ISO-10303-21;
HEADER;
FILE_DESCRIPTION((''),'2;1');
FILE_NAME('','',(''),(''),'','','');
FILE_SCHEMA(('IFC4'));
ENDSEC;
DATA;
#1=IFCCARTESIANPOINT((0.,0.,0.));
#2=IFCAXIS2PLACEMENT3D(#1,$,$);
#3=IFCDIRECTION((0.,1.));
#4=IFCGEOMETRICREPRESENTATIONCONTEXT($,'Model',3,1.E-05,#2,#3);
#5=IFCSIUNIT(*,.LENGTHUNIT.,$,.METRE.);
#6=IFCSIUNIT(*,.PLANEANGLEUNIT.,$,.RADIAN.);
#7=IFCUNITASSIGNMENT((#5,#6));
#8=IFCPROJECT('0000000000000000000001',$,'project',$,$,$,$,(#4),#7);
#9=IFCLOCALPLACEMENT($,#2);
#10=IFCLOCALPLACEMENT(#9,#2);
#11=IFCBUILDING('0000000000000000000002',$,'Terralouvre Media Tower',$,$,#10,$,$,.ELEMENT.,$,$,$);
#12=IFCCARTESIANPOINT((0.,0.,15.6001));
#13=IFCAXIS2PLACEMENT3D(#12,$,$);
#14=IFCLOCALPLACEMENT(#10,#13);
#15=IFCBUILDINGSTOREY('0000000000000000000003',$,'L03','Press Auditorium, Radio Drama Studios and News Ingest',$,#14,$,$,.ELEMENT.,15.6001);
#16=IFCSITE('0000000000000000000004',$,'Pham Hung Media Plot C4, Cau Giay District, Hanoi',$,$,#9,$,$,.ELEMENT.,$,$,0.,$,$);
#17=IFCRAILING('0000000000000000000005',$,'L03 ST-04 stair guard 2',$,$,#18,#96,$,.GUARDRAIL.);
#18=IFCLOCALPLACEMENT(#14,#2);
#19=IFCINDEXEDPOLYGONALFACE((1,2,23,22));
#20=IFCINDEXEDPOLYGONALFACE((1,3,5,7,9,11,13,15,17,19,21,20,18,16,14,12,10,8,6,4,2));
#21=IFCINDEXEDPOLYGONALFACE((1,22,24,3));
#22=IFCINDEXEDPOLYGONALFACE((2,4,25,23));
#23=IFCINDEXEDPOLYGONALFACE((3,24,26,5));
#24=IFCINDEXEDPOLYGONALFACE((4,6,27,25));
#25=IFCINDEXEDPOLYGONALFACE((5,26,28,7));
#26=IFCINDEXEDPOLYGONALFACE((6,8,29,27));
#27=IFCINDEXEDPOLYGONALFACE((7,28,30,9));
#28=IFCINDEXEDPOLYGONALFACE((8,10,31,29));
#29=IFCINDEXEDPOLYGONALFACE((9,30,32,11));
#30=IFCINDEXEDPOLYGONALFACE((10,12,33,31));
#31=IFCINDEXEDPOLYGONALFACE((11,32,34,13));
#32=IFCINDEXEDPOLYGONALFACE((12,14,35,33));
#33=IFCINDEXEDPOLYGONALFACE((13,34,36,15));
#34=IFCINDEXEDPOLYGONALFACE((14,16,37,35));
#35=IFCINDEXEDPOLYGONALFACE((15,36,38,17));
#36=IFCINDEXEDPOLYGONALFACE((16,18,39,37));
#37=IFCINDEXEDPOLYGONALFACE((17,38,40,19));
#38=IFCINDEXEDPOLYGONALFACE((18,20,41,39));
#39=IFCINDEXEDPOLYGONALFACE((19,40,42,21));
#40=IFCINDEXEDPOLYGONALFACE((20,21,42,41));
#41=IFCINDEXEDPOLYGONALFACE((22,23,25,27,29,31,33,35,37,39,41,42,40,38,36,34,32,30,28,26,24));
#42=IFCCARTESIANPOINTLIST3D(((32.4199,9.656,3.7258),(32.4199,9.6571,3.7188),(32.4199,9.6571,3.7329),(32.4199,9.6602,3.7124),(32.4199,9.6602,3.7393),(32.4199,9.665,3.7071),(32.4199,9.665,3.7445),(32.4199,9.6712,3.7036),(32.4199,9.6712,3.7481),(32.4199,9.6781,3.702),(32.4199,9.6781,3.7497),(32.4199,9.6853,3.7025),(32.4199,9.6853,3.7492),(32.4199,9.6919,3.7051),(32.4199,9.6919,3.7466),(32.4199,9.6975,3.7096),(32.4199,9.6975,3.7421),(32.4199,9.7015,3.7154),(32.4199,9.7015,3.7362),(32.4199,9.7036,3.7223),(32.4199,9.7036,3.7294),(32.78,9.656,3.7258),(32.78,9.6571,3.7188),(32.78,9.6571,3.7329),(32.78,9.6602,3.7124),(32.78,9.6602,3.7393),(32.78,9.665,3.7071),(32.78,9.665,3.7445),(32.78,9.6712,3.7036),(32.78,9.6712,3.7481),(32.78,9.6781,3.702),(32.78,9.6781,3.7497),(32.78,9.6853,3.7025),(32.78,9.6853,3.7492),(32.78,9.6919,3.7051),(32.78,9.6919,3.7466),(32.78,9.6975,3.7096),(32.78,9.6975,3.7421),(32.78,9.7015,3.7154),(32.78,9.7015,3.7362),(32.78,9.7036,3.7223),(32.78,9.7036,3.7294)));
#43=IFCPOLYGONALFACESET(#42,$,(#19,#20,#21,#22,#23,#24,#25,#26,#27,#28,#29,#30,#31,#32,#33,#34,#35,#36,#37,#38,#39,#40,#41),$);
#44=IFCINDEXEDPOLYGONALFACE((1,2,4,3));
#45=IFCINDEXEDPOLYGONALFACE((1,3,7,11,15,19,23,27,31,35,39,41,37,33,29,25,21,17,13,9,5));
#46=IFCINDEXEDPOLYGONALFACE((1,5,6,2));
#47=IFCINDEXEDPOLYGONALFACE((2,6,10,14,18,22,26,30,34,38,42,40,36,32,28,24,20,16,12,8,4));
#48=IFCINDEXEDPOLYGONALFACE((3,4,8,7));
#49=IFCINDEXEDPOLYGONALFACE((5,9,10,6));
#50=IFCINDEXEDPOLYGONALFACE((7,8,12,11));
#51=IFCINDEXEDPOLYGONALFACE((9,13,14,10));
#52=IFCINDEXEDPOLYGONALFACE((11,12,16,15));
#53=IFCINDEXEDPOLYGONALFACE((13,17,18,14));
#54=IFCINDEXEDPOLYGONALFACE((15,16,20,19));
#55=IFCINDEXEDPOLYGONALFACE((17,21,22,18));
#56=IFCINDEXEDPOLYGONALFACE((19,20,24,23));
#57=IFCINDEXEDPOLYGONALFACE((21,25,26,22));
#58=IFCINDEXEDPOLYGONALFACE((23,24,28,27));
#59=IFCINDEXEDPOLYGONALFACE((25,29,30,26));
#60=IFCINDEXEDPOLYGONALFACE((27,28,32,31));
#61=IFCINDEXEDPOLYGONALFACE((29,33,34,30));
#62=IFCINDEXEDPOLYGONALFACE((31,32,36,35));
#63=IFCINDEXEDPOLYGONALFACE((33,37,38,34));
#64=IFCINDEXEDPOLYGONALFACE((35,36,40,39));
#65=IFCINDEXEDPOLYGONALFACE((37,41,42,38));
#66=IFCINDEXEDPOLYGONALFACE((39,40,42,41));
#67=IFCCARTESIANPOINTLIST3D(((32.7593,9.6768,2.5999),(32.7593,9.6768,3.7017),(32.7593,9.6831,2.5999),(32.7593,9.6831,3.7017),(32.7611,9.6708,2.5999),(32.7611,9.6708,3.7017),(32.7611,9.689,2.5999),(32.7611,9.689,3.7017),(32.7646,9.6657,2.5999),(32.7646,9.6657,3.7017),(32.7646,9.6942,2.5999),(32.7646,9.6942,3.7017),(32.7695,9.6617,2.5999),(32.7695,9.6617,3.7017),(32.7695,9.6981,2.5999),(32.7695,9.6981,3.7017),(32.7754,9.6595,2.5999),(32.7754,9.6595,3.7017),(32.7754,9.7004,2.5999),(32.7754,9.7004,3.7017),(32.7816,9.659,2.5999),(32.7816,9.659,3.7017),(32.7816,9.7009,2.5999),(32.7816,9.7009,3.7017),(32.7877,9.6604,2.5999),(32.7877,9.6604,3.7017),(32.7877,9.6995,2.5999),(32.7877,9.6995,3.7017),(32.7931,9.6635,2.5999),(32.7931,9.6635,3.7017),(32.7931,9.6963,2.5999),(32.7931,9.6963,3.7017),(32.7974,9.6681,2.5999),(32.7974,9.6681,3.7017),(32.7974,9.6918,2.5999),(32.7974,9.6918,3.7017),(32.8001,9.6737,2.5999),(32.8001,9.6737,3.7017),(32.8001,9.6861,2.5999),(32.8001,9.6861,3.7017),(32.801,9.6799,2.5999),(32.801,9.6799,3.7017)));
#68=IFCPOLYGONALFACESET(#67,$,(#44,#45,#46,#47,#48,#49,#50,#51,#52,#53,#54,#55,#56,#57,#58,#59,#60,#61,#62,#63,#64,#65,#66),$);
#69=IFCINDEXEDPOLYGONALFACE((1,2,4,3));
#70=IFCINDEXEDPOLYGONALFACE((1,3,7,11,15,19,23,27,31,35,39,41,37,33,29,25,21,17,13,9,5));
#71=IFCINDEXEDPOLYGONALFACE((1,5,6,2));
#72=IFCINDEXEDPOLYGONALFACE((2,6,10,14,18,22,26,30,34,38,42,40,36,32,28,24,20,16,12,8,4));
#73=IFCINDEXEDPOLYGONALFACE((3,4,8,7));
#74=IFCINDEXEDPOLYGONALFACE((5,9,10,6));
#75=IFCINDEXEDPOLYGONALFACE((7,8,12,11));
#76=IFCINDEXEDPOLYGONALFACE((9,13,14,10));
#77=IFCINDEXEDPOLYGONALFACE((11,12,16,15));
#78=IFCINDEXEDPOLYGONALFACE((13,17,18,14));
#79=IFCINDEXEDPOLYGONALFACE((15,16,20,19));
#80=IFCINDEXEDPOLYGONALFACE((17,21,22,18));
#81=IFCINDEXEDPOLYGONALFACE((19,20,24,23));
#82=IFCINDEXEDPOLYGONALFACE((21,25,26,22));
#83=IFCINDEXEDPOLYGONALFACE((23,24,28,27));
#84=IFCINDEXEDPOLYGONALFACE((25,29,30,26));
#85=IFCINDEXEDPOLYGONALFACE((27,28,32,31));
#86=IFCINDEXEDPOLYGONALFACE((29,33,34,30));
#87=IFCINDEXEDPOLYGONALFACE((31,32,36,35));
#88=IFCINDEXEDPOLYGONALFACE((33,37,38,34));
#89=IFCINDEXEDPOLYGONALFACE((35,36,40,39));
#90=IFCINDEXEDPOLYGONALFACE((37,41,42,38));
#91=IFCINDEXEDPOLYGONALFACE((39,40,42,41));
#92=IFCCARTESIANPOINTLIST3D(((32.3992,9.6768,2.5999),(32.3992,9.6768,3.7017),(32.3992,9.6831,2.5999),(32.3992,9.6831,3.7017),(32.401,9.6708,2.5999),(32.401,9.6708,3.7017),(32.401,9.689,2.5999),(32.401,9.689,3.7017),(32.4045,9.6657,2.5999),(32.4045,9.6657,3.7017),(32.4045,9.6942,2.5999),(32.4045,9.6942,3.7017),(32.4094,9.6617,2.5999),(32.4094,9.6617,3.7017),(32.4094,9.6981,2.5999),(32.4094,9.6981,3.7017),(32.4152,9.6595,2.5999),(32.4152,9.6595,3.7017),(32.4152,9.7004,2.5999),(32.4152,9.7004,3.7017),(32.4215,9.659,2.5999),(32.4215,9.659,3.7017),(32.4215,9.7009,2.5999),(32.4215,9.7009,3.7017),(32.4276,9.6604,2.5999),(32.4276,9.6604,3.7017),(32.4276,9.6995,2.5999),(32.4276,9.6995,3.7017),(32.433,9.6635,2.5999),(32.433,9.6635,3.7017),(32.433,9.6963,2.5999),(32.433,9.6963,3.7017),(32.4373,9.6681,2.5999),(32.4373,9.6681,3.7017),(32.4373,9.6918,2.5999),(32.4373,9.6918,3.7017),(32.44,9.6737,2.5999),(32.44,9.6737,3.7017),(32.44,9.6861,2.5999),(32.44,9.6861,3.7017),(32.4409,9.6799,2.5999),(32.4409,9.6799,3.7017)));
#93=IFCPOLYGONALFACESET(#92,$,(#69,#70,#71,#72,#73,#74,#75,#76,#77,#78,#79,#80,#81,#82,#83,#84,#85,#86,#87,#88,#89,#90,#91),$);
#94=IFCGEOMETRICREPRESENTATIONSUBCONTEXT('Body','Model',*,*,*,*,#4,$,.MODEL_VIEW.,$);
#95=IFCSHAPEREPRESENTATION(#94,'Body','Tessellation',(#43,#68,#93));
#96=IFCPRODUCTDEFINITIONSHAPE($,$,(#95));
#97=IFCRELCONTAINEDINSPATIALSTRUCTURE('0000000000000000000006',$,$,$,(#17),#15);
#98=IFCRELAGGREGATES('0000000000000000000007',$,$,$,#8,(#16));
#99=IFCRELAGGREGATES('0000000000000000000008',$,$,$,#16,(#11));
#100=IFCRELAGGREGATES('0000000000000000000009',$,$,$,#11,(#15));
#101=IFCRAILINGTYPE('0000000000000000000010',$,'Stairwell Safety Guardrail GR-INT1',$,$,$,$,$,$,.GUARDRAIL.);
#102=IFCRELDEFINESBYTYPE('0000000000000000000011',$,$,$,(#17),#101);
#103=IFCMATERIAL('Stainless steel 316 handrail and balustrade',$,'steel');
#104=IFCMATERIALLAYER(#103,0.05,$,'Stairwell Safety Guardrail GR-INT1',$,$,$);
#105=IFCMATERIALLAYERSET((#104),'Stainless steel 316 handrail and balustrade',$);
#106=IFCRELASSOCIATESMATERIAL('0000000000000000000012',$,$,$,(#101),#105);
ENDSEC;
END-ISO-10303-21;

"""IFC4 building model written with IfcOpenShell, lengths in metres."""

from ifc_helpers import new_model, si_unit, direction, frame, origin, origin_2d, place, context, subcontext, project, spatial, circle, extrude, material, layer, layer_set, type_object, element, save


model = new_model("IFC4")

# Units and contexts
model_context = context("Model", 3, precision=1e-05, world=origin(), true_north=direction((0.0, 1.0)))
body_context = subcontext(model_context, "Body", "Model", "MODEL_VIEW")
ifc_project = project(units=[si_unit("LENGTHUNIT", "METRE"), si_unit("PLANEANGLEUNIT", "RADIAN")], contexts=[model_context])

# Site, building, storey
site_placement = place(None, origin())
site = spatial("IfcSite", under=ifc_project, at=site_placement, Name="Pham Hung Media Plot C4, Cau Giay District, Hanoi", CompositionType="ELEMENT", RefElevation=0.0)
building_placement = place(site_placement, origin())
building = spatial("IfcBuilding", under=site, at=building_placement, Name="Terralouvre Media Tower", CompositionType="ELEMENT")
storey_placement = place(building_placement, frame((0.0, 0.0, 15.6001)))
storey = spatial("IfcBuildingStorey", under=building, at=storey_placement, Name="L03", Description="Press Auditorium, Radio Drama Studios and News Ingest", CompositionType="ELEMENT", Elevation=15.6001)

# Railing
ifc_material_1 = material(Name="Stainless steel 316 handrail and balustrade", Category="steel")
ifc_layer_1 = layer(ifc_material_1, 0.05, Name="Stairwell Safety Guardrail GR-INT1")
ifc_layer_set_1 = layer_set([ifc_layer_1], Name="Stainless steel 316 handrail and balustrade")
railing_type_1 = type_object("IfcRailingType", Name="Stairwell Safety Guardrail GR-INT1", PredefinedType="GUARDRAIL", material=ifc_layer_set_1)
railing_1_placement = place(storey_placement, frame((32.78, 9.6799, 2.5999)))
element("IfcRailing", 1, at=railing_1_placement, inside=storey, type_object=railing_type_1, Name="L03 ST-04 stair guard 2", PredefinedType="GUARDRAIL", context=body_context, shape_type="SweptSolid", body=[
    extrude(circle(Radius=0.0239, at=origin_2d()), frame((0.0, 0.0, 1.126), z_axis=(-1.0, 0.0, 0.0), x_axis=(0.0, -1.0, 0.0)), (0.0, 0.0, 1.0), 0.3601),
    extrude(circle(Radius=0.021, at=origin_2d()), origin(), (0.0, 0.0, 1.0), 1.1018),
    extrude(circle(Radius=0.021, at=origin_2d()), frame((-0.3601, 0.0, 0.0)), (0.0, 0.0, 1.0), 1.1018),
])

save(model, "model.ifc")
